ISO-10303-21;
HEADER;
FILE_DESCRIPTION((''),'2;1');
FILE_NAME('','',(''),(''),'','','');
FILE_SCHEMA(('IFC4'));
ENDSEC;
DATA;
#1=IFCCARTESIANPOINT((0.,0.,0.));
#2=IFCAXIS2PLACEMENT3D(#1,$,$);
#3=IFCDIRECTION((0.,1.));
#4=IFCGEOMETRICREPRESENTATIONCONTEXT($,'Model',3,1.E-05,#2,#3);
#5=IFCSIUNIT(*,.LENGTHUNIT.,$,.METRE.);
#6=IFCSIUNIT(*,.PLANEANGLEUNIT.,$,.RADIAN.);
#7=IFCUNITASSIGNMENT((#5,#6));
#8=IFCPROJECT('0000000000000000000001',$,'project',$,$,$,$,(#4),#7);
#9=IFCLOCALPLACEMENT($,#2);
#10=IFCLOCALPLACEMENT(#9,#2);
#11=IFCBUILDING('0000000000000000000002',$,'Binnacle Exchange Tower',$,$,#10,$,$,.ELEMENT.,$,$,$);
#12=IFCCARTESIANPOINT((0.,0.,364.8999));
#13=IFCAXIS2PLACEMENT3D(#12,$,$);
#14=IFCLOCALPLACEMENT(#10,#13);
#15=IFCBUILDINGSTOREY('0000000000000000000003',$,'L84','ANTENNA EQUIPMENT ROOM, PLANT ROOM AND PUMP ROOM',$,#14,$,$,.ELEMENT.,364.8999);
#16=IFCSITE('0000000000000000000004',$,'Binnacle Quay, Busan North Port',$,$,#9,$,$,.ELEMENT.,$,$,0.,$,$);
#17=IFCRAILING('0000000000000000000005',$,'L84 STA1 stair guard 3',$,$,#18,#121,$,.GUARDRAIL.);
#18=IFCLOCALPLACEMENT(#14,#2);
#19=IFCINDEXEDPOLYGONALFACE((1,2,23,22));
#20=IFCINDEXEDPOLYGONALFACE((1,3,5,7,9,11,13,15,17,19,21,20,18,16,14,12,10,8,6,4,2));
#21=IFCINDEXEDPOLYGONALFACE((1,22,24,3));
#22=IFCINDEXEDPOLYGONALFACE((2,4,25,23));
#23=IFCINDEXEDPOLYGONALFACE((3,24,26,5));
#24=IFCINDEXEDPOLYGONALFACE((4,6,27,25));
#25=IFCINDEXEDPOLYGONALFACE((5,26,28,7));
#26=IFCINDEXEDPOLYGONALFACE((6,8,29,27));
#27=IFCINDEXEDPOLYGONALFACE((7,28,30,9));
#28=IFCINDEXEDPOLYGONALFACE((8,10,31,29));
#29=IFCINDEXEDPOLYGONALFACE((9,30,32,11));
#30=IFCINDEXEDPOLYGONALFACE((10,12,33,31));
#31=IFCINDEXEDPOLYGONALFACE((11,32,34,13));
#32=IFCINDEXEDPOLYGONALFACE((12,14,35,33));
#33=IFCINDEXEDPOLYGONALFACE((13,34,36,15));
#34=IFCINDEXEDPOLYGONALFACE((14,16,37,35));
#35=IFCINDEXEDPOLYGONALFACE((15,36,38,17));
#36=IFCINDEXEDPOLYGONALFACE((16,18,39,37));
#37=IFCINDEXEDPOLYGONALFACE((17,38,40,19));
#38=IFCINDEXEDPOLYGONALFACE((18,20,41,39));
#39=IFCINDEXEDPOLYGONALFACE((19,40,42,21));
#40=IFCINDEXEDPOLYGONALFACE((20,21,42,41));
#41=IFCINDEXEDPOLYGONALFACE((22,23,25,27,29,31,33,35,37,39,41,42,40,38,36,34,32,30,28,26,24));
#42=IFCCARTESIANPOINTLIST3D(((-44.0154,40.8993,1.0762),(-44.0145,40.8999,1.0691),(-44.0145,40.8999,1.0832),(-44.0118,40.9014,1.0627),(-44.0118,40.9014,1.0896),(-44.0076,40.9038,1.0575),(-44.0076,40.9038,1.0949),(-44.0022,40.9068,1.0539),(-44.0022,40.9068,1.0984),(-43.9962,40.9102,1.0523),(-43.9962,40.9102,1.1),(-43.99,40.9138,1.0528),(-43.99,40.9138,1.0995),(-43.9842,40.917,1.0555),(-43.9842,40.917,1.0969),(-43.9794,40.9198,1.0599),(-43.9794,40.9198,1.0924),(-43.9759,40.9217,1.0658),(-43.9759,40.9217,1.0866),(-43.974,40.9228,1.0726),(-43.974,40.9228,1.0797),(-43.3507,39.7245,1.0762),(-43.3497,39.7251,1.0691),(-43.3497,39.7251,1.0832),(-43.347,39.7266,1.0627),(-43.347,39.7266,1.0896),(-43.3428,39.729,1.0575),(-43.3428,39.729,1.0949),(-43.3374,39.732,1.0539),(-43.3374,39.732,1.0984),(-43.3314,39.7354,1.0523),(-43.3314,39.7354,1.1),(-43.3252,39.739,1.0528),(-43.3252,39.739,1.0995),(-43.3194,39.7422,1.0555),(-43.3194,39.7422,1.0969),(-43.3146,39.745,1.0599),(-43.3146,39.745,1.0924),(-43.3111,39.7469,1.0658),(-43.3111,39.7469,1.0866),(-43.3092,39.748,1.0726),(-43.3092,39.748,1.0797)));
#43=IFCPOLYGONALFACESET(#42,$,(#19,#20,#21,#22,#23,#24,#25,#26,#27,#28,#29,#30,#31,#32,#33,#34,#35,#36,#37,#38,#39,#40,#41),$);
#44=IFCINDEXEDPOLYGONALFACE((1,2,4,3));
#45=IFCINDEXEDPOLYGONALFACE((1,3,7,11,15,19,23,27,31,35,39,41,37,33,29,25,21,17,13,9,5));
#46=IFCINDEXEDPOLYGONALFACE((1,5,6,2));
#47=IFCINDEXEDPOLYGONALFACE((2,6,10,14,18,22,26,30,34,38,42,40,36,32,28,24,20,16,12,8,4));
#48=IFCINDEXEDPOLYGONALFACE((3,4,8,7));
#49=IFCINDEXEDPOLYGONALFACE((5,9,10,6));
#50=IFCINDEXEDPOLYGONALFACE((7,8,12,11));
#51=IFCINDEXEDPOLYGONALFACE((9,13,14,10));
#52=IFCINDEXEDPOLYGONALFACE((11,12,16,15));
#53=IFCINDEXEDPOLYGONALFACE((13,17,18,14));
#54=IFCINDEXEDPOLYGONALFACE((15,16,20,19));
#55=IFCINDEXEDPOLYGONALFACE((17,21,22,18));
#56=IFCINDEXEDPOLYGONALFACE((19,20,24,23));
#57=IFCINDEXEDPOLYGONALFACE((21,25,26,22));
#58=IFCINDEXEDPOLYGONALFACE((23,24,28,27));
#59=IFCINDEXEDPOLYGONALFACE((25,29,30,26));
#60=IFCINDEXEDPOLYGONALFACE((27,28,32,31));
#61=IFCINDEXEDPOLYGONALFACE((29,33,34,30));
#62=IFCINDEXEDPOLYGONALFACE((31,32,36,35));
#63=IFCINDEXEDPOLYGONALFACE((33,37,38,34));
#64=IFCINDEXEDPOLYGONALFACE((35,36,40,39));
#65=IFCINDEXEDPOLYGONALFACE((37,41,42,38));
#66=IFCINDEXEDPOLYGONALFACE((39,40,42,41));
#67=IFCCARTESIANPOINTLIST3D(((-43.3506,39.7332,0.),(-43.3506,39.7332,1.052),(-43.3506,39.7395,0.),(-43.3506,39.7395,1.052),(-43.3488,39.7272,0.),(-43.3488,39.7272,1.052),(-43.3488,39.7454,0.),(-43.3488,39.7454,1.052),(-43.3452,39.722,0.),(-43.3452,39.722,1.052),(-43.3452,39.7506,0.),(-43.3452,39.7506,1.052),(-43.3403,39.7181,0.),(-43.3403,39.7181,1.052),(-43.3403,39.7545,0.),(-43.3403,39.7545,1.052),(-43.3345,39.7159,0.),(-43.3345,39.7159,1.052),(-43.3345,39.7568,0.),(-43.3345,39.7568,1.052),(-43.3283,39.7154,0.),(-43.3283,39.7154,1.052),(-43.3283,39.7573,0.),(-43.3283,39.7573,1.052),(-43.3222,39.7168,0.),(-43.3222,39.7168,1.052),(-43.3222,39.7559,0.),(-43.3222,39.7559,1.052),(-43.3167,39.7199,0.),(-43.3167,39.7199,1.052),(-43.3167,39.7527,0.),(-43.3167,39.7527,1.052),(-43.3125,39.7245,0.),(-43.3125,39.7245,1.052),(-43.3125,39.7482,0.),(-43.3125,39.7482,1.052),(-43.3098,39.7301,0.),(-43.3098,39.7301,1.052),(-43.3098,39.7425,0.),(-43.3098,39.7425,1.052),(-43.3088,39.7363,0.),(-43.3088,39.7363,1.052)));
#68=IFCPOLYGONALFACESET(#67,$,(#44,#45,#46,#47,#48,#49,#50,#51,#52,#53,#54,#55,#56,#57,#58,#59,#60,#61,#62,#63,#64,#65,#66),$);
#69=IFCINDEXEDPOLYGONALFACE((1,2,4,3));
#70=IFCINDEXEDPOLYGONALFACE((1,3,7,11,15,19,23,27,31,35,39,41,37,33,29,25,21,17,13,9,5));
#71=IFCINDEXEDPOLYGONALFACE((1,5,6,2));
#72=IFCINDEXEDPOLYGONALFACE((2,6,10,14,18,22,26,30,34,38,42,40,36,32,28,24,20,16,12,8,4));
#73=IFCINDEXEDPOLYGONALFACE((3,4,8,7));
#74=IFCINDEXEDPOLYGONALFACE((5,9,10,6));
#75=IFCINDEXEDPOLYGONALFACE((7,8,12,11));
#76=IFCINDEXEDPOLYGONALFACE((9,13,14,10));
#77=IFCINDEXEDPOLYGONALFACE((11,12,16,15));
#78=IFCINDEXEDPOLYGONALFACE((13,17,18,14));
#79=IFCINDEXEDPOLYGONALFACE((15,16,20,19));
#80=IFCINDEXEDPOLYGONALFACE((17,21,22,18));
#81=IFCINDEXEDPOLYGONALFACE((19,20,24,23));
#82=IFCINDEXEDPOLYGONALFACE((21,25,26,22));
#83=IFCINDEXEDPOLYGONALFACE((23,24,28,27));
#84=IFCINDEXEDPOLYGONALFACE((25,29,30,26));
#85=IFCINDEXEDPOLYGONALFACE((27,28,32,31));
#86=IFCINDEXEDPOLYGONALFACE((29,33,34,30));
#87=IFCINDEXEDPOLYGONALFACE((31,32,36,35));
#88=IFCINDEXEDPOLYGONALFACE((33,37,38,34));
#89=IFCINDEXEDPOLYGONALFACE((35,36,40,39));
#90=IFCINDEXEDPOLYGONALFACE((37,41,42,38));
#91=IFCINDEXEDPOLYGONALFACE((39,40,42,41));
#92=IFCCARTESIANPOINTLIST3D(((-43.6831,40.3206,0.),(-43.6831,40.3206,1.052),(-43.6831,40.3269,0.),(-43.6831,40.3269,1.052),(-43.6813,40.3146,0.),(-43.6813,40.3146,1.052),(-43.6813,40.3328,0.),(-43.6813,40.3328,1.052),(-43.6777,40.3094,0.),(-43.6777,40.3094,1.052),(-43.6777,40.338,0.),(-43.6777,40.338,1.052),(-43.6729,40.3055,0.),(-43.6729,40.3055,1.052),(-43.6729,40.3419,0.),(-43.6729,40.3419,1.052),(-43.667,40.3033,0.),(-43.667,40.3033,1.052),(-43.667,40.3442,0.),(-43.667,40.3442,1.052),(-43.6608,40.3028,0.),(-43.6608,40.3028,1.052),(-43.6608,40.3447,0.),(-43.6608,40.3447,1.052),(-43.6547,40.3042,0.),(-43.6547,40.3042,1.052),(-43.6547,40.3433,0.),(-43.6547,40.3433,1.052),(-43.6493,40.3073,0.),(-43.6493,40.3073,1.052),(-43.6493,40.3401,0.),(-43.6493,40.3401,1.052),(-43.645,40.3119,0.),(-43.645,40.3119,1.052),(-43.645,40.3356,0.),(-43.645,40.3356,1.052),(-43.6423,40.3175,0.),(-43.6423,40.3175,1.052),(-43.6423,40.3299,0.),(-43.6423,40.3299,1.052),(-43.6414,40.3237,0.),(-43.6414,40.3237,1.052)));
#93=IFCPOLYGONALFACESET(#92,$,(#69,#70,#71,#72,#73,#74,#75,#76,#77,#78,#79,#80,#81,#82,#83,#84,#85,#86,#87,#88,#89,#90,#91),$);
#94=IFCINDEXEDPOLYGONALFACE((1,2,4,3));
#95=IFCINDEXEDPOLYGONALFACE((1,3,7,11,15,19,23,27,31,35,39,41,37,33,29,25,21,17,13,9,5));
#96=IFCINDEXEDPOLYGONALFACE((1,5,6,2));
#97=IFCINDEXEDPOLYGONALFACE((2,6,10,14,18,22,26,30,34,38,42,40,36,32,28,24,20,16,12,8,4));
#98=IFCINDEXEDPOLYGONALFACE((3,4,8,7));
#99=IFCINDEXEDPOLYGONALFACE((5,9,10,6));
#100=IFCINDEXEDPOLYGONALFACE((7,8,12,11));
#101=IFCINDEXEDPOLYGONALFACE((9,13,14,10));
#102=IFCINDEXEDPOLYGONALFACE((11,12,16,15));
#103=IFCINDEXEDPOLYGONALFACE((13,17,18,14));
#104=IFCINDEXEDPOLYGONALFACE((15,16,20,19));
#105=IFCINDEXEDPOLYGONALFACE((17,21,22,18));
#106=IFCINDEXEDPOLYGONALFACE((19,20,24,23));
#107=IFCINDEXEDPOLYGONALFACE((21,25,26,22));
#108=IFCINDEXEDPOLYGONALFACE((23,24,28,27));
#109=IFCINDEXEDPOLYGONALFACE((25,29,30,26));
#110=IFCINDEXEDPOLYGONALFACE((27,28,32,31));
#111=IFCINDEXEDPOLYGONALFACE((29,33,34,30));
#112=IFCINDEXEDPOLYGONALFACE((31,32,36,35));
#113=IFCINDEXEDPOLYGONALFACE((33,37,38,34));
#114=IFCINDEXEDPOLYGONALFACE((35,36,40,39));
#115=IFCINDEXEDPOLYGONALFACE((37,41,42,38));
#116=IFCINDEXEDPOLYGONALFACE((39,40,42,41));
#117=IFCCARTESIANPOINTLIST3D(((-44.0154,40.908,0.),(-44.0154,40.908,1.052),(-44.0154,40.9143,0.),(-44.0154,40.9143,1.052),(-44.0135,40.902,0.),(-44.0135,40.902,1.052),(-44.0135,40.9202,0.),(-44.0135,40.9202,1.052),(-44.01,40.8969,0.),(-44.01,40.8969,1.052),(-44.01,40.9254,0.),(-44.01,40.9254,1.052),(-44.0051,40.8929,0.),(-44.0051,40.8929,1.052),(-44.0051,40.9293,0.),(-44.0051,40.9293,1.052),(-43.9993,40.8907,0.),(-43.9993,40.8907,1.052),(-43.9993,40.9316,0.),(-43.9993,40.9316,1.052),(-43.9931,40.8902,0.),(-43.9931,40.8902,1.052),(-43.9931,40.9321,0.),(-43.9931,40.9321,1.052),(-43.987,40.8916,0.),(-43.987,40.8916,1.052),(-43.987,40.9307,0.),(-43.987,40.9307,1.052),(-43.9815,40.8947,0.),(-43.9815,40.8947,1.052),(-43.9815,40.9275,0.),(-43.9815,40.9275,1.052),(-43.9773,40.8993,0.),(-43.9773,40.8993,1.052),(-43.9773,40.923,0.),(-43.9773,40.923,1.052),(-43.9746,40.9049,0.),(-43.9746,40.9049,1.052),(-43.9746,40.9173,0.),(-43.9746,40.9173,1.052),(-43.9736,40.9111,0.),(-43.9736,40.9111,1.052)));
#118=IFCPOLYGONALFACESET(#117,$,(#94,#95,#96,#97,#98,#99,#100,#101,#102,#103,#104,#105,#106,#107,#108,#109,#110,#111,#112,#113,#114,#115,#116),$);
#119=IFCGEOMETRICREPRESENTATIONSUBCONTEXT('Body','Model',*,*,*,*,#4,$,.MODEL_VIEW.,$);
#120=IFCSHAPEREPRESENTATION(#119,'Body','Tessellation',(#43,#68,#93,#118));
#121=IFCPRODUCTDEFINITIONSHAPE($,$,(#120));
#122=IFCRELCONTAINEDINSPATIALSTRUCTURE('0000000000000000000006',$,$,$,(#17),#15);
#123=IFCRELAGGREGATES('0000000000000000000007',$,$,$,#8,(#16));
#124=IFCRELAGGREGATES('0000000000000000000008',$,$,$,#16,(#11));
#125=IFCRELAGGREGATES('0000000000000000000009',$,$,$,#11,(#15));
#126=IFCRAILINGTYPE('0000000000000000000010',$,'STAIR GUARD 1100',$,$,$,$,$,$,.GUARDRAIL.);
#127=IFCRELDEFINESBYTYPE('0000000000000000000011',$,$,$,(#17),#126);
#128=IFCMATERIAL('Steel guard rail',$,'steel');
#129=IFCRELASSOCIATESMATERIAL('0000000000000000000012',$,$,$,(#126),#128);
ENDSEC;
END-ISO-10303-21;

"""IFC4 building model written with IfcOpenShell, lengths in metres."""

from ifc_helpers import new_model, si_unit, direction, frame, origin, origin_2d, place, context, subcontext, project, spatial, circle, extrude, material, type_object, element, save


model = new_model("IFC4")

# Units and contexts
model_context = context("Model", 3, precision=1e-05, world=origin(), true_north=direction((0.0, 1.0)))
body_context = subcontext(model_context, "Body", "Model", "MODEL_VIEW")
ifc_project = project(units=[si_unit("LENGTHUNIT", "METRE"), si_unit("PLANEANGLEUNIT", "RADIAN")], contexts=[model_context])

# Site, building, storey
site_placement = place(None, origin())
site = spatial("IfcSite", under=ifc_project, at=site_placement, Name="Binnacle Quay, Busan North Port", CompositionType="ELEMENT", RefElevation=0.0)
building_placement = place(site_placement, origin())
building = spatial("IfcBuilding", under=site, at=building_placement, Name="Binnacle Exchange Tower", CompositionType="ELEMENT")
storey_placement = place(building_placement, frame((0.0, 0.0, 364.8999)))
storey = spatial("IfcBuildingStorey", under=building, at=storey_placement, Name="L84", Description="ANTENNA EQUIPMENT ROOM, PLANT ROOM AND PUMP ROOM", CompositionType="ELEMENT", Elevation=364.8999)

# Railing
ifc_material_1 = material(Name="Steel guard rail", Category="steel")
railing_type_1 = type_object("IfcRailingType", Name="STAIR GUARD 1100", PredefinedType="GUARDRAIL", material=ifc_material_1)
railing_1_placement = place(storey_placement, frame((-43.3298, 39.7363, 0.0)))
element("IfcRailing", 1, at=railing_1_placement, inside=storey, type_object=railing_type_1, Name="L84 STA1 stair guard 3", PredefinedType="GUARDRAIL", context=body_context, shape_type="SweptSolid", body=[
    extrude(circle(Radius=0.0239, at=origin_2d()), frame((0.0, 0.0, 1.0762), z_axis=(-0.492492, 0.870317, 0.0), x_axis=(-0.870317, -0.492492, 0.0)), (0.0, 0.0, 1.0), 1.3499),
    extrude(circle(Radius=0.021, at=origin_2d()), origin(), (0.0, 0.0, 1.0), 1.052),
    extrude(circle(Radius=0.021, at=origin_2d()), frame((-0.3325, 0.5874, 0.0)), (0.0, 0.0, 1.0), 1.052),
    extrude(circle(Radius=0.021, at=origin_2d()), frame((-0.6648, 1.1748, 0.0)), (0.0, 0.0, 1.0), 1.052),
])

save(model, "model.ifc")
